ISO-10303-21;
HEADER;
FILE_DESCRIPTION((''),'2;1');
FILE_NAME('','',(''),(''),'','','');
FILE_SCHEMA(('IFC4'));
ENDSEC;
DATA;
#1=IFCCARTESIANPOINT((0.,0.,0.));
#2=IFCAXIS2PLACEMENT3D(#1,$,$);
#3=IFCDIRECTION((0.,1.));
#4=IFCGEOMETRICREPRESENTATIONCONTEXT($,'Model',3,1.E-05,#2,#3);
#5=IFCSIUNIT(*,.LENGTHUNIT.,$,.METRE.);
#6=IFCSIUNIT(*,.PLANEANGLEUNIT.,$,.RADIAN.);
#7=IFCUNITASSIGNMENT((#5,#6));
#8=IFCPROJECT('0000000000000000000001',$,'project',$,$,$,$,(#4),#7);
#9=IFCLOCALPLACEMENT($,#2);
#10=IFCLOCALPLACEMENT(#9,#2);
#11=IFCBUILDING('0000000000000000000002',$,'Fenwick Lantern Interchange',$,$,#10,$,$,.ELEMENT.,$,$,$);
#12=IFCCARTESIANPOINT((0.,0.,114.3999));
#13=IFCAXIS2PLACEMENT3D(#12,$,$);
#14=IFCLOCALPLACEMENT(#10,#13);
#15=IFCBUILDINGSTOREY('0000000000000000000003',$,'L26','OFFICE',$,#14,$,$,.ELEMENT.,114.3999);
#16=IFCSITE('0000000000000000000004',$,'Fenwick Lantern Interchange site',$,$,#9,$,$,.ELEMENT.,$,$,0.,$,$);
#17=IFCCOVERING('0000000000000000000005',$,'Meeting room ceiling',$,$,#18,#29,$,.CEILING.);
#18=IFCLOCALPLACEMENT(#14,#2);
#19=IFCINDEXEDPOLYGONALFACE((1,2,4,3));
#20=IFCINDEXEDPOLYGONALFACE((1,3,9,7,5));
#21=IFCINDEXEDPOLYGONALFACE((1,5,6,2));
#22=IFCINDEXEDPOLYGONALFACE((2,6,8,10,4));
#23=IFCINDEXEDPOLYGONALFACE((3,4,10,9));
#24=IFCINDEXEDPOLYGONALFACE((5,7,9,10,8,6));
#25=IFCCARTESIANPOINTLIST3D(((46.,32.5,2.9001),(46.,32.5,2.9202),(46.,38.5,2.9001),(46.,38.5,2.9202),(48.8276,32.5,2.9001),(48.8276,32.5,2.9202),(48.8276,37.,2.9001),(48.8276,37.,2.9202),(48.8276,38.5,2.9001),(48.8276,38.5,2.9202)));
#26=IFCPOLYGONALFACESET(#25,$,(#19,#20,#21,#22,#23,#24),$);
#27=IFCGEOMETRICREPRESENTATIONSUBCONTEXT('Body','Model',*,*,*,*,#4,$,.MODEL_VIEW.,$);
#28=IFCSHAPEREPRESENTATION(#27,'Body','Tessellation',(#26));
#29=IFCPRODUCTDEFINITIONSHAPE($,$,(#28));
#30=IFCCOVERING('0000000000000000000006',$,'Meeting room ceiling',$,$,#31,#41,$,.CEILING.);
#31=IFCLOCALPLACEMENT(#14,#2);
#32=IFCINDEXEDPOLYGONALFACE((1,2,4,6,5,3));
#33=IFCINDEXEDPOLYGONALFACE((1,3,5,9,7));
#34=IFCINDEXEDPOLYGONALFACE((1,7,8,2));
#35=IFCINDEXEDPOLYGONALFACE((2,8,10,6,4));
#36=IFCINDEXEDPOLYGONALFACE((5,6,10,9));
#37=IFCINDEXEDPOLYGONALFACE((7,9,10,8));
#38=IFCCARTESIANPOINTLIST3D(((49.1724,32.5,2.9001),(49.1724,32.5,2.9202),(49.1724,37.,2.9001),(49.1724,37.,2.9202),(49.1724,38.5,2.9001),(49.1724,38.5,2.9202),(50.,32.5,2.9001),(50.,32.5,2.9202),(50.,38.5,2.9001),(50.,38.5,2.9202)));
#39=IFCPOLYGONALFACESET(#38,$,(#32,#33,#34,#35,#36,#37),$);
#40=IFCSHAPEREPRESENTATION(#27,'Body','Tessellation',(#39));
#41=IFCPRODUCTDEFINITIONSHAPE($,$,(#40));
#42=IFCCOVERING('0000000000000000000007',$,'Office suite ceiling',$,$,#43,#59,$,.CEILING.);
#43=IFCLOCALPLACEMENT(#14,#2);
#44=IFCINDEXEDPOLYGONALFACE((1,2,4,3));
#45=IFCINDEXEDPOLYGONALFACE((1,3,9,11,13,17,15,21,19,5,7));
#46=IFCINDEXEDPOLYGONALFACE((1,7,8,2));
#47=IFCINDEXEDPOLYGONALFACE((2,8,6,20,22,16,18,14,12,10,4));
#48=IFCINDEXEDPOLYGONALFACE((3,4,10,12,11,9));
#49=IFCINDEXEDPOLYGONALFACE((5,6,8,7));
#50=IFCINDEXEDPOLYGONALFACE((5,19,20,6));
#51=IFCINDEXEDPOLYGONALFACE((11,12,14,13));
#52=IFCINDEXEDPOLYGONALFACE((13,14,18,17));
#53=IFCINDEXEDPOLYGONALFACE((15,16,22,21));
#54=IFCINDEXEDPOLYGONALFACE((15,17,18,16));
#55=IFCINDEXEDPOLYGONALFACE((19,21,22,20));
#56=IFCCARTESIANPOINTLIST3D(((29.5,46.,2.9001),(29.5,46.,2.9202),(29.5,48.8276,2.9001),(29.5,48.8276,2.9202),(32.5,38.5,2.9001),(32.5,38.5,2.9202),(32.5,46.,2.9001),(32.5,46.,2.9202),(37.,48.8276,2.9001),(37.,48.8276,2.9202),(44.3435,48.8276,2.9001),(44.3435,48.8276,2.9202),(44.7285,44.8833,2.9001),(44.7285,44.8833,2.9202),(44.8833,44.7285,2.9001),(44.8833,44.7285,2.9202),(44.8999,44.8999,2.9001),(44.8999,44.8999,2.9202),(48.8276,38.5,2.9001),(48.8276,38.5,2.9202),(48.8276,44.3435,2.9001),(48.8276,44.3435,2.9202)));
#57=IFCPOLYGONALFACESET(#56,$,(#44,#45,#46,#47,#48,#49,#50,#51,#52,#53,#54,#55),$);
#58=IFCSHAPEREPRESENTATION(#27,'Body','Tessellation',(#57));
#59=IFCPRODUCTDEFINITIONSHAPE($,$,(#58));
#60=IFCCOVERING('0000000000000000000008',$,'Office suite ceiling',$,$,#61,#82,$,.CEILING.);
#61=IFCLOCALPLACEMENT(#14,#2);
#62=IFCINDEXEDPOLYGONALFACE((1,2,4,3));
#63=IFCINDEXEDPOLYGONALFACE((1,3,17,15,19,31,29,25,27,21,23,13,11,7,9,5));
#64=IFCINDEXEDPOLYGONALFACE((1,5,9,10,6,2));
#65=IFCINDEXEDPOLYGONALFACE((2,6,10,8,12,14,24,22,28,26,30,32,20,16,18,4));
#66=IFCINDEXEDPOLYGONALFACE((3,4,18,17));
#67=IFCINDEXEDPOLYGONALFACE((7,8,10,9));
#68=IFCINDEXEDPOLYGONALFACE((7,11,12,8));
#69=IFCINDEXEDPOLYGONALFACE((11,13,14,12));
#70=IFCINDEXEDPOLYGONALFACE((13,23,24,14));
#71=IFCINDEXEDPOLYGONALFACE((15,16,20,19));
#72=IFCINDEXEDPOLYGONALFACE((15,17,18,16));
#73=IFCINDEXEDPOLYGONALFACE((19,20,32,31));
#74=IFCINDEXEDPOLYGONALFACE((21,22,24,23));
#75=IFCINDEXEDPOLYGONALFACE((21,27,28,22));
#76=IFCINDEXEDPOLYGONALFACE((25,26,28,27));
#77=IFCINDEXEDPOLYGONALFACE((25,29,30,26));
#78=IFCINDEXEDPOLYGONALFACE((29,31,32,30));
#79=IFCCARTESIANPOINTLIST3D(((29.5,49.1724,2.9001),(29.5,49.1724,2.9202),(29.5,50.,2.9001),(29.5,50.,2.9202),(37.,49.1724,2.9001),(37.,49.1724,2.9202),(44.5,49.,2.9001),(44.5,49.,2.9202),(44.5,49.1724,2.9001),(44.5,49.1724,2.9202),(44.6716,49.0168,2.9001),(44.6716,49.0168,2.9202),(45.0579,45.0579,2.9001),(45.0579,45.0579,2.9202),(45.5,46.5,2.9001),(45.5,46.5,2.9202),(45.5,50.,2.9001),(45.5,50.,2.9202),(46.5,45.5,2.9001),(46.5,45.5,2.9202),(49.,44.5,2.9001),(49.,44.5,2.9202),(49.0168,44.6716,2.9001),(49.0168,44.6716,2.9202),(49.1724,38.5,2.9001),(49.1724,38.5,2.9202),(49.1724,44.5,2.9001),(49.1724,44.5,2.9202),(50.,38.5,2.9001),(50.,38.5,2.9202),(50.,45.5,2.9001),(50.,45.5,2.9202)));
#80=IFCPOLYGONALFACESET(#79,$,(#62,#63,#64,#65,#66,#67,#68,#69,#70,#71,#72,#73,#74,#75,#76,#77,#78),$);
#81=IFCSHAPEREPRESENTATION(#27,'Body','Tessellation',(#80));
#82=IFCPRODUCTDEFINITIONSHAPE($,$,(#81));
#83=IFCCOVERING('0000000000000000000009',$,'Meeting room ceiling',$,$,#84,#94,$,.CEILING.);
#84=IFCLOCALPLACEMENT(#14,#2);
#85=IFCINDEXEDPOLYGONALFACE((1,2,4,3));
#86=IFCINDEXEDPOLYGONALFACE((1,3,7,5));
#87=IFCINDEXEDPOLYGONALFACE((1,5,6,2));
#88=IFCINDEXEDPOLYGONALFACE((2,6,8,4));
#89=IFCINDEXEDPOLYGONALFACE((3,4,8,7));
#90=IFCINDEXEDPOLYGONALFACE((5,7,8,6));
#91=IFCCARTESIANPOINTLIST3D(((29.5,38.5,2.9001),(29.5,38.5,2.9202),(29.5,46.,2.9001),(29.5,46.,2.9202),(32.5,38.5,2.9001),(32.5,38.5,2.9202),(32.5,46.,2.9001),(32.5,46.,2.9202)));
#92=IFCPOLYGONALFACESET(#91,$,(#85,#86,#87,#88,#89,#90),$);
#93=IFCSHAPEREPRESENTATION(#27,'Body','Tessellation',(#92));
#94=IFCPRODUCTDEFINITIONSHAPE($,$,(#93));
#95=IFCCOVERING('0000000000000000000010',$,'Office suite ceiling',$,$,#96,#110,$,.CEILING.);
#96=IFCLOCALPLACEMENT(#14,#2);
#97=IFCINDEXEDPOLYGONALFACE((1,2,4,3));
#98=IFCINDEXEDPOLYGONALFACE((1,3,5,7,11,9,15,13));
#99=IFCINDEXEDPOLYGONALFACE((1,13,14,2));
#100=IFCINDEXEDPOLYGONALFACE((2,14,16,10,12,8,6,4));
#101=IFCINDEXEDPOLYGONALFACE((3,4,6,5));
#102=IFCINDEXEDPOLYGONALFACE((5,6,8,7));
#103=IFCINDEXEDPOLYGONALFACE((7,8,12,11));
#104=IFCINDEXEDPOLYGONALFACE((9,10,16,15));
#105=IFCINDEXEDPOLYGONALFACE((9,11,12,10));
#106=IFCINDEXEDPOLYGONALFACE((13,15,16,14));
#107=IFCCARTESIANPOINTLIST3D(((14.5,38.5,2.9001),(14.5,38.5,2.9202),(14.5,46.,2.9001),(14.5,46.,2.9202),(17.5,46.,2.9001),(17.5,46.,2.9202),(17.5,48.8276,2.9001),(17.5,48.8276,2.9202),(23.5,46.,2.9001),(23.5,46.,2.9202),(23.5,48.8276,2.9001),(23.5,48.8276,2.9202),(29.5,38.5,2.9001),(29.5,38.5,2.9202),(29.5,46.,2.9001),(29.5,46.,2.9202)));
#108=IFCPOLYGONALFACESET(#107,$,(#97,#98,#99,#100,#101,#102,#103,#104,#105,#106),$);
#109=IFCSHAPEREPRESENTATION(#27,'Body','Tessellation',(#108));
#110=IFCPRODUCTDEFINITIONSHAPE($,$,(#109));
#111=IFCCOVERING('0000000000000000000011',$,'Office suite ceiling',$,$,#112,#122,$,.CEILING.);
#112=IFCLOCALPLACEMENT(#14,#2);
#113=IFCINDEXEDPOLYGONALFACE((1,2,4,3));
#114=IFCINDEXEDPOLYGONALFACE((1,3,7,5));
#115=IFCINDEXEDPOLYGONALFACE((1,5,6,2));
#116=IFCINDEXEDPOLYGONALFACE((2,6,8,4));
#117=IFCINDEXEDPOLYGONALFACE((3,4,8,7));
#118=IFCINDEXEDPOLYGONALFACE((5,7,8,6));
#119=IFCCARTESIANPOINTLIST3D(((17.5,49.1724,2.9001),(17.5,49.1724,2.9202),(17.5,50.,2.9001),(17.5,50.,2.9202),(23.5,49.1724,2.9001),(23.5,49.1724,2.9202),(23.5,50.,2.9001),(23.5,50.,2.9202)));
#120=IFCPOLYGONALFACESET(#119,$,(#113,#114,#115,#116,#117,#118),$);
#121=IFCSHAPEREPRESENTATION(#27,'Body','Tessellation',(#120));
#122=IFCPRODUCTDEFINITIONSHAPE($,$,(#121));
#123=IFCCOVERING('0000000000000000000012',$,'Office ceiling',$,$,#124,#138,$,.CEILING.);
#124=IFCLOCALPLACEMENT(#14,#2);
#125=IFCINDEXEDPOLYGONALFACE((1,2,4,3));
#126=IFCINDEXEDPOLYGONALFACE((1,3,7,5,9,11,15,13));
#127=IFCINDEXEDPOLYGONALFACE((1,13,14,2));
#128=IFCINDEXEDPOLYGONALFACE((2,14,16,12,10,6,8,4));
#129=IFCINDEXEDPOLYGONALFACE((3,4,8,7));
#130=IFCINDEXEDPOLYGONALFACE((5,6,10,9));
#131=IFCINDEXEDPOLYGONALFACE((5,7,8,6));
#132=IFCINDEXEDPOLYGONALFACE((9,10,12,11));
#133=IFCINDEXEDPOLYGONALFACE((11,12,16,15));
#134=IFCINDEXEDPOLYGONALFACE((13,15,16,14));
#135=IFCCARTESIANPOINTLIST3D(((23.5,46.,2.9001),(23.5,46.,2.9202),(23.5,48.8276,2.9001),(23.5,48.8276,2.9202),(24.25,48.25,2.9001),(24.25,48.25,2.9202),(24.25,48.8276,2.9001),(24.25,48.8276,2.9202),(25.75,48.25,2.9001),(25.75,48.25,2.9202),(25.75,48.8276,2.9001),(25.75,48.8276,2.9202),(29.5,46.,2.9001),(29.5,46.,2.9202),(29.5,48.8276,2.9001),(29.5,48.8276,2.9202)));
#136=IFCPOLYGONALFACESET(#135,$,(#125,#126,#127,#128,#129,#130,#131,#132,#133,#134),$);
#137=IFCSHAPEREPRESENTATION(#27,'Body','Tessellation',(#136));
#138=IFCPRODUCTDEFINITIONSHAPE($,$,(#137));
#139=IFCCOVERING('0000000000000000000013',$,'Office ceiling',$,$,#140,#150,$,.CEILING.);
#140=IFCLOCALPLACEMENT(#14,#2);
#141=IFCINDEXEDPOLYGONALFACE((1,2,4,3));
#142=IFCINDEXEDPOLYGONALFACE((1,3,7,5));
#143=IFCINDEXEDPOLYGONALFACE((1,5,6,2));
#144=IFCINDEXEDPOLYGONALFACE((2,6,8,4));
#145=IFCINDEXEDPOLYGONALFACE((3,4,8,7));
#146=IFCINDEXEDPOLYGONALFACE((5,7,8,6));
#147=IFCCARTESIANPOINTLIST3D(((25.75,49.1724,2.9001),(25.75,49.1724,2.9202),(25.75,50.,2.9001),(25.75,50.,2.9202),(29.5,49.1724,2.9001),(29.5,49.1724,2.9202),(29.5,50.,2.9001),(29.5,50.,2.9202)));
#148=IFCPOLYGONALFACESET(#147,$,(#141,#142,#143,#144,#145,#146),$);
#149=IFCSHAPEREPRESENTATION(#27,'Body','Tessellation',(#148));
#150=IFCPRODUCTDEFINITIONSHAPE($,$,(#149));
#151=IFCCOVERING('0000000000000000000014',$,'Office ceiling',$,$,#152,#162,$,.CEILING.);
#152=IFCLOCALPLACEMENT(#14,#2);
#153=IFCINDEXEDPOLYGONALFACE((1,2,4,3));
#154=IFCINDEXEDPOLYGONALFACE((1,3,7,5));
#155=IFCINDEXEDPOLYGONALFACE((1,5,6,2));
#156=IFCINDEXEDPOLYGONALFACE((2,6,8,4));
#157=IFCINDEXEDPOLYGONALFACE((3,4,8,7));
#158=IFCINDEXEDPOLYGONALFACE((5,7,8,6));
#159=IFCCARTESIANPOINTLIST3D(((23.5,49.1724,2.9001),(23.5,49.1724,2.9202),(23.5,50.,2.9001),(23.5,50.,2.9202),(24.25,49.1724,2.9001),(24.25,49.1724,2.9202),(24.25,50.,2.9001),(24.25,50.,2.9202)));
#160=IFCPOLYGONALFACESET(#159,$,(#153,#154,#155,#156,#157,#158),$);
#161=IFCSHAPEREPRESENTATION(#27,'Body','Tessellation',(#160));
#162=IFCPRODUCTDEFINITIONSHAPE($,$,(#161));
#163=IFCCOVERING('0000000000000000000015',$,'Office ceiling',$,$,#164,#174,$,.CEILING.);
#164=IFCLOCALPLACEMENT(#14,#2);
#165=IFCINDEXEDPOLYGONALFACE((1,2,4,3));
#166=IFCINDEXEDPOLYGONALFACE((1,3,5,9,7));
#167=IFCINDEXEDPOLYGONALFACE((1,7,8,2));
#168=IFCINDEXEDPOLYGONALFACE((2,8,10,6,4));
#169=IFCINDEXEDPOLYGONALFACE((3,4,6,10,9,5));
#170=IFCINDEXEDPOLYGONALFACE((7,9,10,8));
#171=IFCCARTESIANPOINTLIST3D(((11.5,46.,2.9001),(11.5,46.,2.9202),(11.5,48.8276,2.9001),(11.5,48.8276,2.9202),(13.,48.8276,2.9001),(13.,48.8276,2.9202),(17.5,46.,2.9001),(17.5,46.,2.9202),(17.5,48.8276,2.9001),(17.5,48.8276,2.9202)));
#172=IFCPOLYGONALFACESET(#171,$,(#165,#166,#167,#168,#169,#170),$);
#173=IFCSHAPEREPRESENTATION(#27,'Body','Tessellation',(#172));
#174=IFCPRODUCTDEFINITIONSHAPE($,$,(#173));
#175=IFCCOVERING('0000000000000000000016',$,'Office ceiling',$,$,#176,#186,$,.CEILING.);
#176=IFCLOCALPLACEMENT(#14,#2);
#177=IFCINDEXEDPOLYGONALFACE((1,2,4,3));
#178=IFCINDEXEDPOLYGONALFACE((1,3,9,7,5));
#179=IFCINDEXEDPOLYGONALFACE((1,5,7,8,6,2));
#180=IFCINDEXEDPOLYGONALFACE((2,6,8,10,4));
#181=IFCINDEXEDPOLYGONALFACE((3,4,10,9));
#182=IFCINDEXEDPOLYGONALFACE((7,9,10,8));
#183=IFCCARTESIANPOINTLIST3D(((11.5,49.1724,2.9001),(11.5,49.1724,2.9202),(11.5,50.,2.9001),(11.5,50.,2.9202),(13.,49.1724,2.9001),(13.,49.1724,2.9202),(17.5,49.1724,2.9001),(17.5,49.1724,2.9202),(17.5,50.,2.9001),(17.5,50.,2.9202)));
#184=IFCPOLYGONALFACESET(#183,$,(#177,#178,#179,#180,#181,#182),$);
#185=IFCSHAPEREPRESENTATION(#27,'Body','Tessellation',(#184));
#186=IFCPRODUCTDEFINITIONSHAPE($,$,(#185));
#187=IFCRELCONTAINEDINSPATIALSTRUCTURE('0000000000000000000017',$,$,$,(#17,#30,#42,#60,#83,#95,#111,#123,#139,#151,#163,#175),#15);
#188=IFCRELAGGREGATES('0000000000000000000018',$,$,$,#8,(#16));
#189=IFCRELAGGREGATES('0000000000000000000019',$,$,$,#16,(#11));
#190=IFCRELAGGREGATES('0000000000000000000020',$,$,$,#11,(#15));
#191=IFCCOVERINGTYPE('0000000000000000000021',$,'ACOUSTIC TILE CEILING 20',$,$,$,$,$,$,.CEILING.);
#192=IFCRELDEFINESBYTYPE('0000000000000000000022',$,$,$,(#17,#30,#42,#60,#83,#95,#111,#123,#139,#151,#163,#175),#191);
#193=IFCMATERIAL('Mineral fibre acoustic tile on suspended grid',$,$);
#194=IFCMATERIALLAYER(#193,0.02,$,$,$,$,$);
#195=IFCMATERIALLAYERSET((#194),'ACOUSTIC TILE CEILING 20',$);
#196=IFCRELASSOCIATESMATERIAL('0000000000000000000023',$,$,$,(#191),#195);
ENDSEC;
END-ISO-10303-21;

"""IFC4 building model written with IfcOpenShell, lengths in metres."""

from ifc_helpers import new_model, si_unit, direction, frame, origin, place, context, subcontext, project, spatial, polyline, outline, extrude, material, layer, layer_set, type_object, element, save


model = new_model("IFC4")

# Units and contexts
model_context = context("Model", 3, precision=1e-05, world=origin(), true_north=direction((0.0, 1.0)))
body_context = subcontext(model_context, "Body", "Model", "MODEL_VIEW")
ifc_project = project(units=[si_unit("LENGTHUNIT", "METRE"), si_unit("PLANEANGLEUNIT", "RADIAN")], contexts=[model_context])

# Site, building, storey
site_placement = place(None, origin())
site = spatial("IfcSite", under=ifc_project, at=site_placement, Name="Fenwick Lantern Interchange site", CompositionType="ELEMENT", RefElevation=0.0)
building_placement = place(site_placement, origin())
building = spatial("IfcBuilding", under=site, at=building_placement, Name="Fenwick Lantern Interchange", CompositionType="ELEMENT")
storey_placement = place(building_placement, frame((0.0, 0.0, 114.3999)))
storey = spatial("IfcBuildingStorey", under=building, at=storey_placement, Name="L26", Description="OFFICE", CompositionType="ELEMENT", Elevation=114.3999)

# Coverings
ifc_material_1 = material(Name="Mineral fibre acoustic tile on suspended grid")
ifc_layer_1 = layer(ifc_material_1, 0.02)
ifc_layer_set_1 = layer_set([ifc_layer_1], Name="ACOUSTIC TILE CEILING 20")
covering_type_1 = type_object("IfcCoveringType", Name="ACOUSTIC TILE CEILING 20", PredefinedType="CEILING", material=ifc_layer_set_1)
covering_1_placement = place(storey_placement, frame((0.0, 0.0, 2.9001)))
element("IfcCovering", 1, at=covering_1_placement, inside=storey, type_object=covering_type_1, Name="Meeting room ceiling", PredefinedType="CEILING", context=body_context, shape_type="SweptSolid", body=[
    extrude(outline(polyline([(46.0, 32.5), (48.8276, 32.5), (48.8276, 37.0), (48.8276, 38.5), (46.0, 38.5), (46.0, 32.5)])), origin(), (0.0, 0.0, 1.0), 0.02),
])
covering_2_placement = place(storey_placement, frame((0.0, 0.0, 2.9001)))
element("IfcCovering", 2, at=covering_2_placement, inside=storey, type_object=covering_type_1, Name="Meeting room ceiling", PredefinedType="CEILING", context=body_context, shape_type="SweptSolid", body=[
    extrude(outline(polyline([(50.0, 38.5), (49.1724, 38.5), (49.1724, 37.0), (49.1724, 32.5), (50.0, 32.5), (50.0, 38.5)])), origin(), (0.0, 0.0, 1.0), 0.02),
])
covering_3_placement = place(storey_placement, frame((0.0, 0.0, 2.9001)))
element("IfcCovering", 3, at=covering_3_placement, inside=storey, type_object=covering_type_1, Name="Office suite ceiling", PredefinedType="CEILING", context=body_context, shape_type="SweptSolid", body=[
    extrude(outline(polyline([(29.5, 48.8276), (29.5, 46.0), (32.5, 46.0), (32.5, 38.5), (48.8276, 38.5), (48.8276, 44.3435), (44.8833, 44.7285), (44.8999, 44.8999), (44.7285, 44.8833), (44.3435, 48.8276), (37.0, 48.8276), (29.5, 48.8276)])), origin(), (0.0, 0.0, 1.0), 0.02),
])
covering_4_placement = place(storey_placement, frame((0.0, 0.0, 2.9001)))
element("IfcCovering", 4, at=covering_4_placement, inside=storey, type_object=covering_type_1, Name="Office suite ceiling", PredefinedType="CEILING", context=body_context, shape_type="SweptSolid", body=[
    extrude(outline(polyline([(29.5, 50.0), (29.5, 49.1724), (37.0, 49.1724), (44.5, 49.1724), (44.5, 49.0), (44.6716, 49.0168), (45.0579, 45.0579), (49.0168, 44.6716), (49.0, 44.5), (49.1724, 44.5), (49.1724, 38.5), (50.0, 38.5), (50.0, 45.5), (46.5, 45.5), (45.5, 46.5), (45.5, 50.0), (29.5, 50.0)])), origin(), (0.0, 0.0, 1.0), 0.02),
])
covering_5_placement = place(storey_placement, frame((0.0, 0.0, 2.9001)))
element("IfcCovering", 5, at=covering_5_placement, inside=storey, type_object=covering_type_1, Name="Meeting room ceiling", PredefinedType="CEILING", context=body_context, shape_type="SweptSolid", body=[
    extrude(outline(polyline([(32.5, 46.0), (29.5, 46.0), (29.5, 38.5), (32.5, 38.5), (32.5, 46.0)])), origin(), (0.0, 0.0, 1.0), 0.02),
])
covering_6_placement = place(storey_placement, frame((0.0, 0.0, 2.9001)))
element("IfcCovering", 6, at=covering_6_placement, inside=storey, type_object=covering_type_1, Name="Office suite ceiling", PredefinedType="CEILING", context=body_context, shape_type="SweptSolid", body=[
    extrude(outline(polyline([(23.5, 46.0), (23.5, 48.8276), (17.5, 48.8276), (17.5, 46.0), (14.5, 46.0), (14.5, 38.5), (29.5, 38.5), (29.5, 46.0), (23.5, 46.0)])), origin(), (0.0, 0.0, 1.0), 0.02),
])
covering_7_placement = place(storey_placement, frame((0.0, 0.0, 2.9001)))
element("IfcCovering", 7, at=covering_7_placement, inside=storey, type_object=covering_type_1, Name="Office suite ceiling", PredefinedType="CEILING", context=body_context, shape_type="SweptSolid", body=[
    extrude(outline(polyline([(23.5, 50.0), (17.5, 50.0), (17.5, 49.1724), (23.5, 49.1724), (23.5, 50.0)])), origin(), (0.0, 0.0, 1.0), 0.02),
])
covering_8_placement = place(storey_placement, frame((0.0, 0.0, 2.9001)))
element("IfcCovering", 8, at=covering_8_placement, inside=storey, type_object=covering_type_1, Name="Office ceiling", PredefinedType="CEILING", context=body_context, shape_type="SweptSolid", body=[
    extrude(outline(polyline([(29.5, 46.0), (29.5, 48.8276), (25.75, 48.8276), (25.75, 48.25), (24.25, 48.25), (24.25, 48.8276), (23.5, 48.8276), (23.5, 46.0), (29.5, 46.0)])), origin(), (0.0, 0.0, 1.0), 0.02),
])
covering_9_placement = place(storey_placement, frame((0.0, 0.0, 2.9001)))
element("IfcCovering", 9, at=covering_9_placement, inside=storey, type_object=covering_type_1, Name="Office ceiling", PredefinedType="CEILING", context=body_context, shape_type="SweptSolid", body=[
    extrude(outline(polyline([(29.5, 49.1724), (29.5, 50.0), (25.75, 50.0), (25.75, 49.1724), (29.5, 49.1724)])), origin(), (0.0, 0.0, 1.0), 0.02),
])
covering_10_placement = place(storey_placement, frame((0.0, 0.0, 2.9001)))
element("IfcCovering", 10, at=covering_10_placement, inside=storey, type_object=covering_type_1, Name="Office ceiling", PredefinedType="CEILING", context=body_context, shape_type="SweptSolid", body=[
    extrude(outline(polyline([(23.5, 50.0), (23.5, 49.1724), (24.25, 49.1724), (24.25, 50.0), (23.5, 50.0)])), origin(), (0.0, 0.0, 1.0), 0.02),
])
covering_11_placement = place(storey_placement, frame((0.0, 0.0, 2.9001)))
element("IfcCovering", 11, at=covering_11_placement, inside=storey, type_object=covering_type_1, Name="Office ceiling", PredefinedType="CEILING", context=body_context, shape_type="SweptSolid", body=[
    extrude(outline(polyline([(17.5, 46.0), (17.5, 48.8276), (13.0, 48.8276), (11.5, 48.8276), (11.5, 46.0), (17.5, 46.0)])), origin(), (0.0, 0.0, 1.0), 0.02),
])
covering_12_placement = place(storey_placement, frame((0.0, 0.0, 2.9001)))
element("IfcCovering", 12, at=covering_12_placement, inside=storey, type_object=covering_type_1, Name="Office ceiling", PredefinedType="CEILING", context=body_context, shape_type="SweptSolid", body=[
    extrude(outline(polyline([(11.5, 50.0), (11.5, 49.1724), (13.0, 49.1724), (17.5, 49.1724), (17.5, 50.0), (11.5, 50.0)])), origin(), (0.0, 0.0, 1.0), 0.02),
])

save(model, "model.ifc")
